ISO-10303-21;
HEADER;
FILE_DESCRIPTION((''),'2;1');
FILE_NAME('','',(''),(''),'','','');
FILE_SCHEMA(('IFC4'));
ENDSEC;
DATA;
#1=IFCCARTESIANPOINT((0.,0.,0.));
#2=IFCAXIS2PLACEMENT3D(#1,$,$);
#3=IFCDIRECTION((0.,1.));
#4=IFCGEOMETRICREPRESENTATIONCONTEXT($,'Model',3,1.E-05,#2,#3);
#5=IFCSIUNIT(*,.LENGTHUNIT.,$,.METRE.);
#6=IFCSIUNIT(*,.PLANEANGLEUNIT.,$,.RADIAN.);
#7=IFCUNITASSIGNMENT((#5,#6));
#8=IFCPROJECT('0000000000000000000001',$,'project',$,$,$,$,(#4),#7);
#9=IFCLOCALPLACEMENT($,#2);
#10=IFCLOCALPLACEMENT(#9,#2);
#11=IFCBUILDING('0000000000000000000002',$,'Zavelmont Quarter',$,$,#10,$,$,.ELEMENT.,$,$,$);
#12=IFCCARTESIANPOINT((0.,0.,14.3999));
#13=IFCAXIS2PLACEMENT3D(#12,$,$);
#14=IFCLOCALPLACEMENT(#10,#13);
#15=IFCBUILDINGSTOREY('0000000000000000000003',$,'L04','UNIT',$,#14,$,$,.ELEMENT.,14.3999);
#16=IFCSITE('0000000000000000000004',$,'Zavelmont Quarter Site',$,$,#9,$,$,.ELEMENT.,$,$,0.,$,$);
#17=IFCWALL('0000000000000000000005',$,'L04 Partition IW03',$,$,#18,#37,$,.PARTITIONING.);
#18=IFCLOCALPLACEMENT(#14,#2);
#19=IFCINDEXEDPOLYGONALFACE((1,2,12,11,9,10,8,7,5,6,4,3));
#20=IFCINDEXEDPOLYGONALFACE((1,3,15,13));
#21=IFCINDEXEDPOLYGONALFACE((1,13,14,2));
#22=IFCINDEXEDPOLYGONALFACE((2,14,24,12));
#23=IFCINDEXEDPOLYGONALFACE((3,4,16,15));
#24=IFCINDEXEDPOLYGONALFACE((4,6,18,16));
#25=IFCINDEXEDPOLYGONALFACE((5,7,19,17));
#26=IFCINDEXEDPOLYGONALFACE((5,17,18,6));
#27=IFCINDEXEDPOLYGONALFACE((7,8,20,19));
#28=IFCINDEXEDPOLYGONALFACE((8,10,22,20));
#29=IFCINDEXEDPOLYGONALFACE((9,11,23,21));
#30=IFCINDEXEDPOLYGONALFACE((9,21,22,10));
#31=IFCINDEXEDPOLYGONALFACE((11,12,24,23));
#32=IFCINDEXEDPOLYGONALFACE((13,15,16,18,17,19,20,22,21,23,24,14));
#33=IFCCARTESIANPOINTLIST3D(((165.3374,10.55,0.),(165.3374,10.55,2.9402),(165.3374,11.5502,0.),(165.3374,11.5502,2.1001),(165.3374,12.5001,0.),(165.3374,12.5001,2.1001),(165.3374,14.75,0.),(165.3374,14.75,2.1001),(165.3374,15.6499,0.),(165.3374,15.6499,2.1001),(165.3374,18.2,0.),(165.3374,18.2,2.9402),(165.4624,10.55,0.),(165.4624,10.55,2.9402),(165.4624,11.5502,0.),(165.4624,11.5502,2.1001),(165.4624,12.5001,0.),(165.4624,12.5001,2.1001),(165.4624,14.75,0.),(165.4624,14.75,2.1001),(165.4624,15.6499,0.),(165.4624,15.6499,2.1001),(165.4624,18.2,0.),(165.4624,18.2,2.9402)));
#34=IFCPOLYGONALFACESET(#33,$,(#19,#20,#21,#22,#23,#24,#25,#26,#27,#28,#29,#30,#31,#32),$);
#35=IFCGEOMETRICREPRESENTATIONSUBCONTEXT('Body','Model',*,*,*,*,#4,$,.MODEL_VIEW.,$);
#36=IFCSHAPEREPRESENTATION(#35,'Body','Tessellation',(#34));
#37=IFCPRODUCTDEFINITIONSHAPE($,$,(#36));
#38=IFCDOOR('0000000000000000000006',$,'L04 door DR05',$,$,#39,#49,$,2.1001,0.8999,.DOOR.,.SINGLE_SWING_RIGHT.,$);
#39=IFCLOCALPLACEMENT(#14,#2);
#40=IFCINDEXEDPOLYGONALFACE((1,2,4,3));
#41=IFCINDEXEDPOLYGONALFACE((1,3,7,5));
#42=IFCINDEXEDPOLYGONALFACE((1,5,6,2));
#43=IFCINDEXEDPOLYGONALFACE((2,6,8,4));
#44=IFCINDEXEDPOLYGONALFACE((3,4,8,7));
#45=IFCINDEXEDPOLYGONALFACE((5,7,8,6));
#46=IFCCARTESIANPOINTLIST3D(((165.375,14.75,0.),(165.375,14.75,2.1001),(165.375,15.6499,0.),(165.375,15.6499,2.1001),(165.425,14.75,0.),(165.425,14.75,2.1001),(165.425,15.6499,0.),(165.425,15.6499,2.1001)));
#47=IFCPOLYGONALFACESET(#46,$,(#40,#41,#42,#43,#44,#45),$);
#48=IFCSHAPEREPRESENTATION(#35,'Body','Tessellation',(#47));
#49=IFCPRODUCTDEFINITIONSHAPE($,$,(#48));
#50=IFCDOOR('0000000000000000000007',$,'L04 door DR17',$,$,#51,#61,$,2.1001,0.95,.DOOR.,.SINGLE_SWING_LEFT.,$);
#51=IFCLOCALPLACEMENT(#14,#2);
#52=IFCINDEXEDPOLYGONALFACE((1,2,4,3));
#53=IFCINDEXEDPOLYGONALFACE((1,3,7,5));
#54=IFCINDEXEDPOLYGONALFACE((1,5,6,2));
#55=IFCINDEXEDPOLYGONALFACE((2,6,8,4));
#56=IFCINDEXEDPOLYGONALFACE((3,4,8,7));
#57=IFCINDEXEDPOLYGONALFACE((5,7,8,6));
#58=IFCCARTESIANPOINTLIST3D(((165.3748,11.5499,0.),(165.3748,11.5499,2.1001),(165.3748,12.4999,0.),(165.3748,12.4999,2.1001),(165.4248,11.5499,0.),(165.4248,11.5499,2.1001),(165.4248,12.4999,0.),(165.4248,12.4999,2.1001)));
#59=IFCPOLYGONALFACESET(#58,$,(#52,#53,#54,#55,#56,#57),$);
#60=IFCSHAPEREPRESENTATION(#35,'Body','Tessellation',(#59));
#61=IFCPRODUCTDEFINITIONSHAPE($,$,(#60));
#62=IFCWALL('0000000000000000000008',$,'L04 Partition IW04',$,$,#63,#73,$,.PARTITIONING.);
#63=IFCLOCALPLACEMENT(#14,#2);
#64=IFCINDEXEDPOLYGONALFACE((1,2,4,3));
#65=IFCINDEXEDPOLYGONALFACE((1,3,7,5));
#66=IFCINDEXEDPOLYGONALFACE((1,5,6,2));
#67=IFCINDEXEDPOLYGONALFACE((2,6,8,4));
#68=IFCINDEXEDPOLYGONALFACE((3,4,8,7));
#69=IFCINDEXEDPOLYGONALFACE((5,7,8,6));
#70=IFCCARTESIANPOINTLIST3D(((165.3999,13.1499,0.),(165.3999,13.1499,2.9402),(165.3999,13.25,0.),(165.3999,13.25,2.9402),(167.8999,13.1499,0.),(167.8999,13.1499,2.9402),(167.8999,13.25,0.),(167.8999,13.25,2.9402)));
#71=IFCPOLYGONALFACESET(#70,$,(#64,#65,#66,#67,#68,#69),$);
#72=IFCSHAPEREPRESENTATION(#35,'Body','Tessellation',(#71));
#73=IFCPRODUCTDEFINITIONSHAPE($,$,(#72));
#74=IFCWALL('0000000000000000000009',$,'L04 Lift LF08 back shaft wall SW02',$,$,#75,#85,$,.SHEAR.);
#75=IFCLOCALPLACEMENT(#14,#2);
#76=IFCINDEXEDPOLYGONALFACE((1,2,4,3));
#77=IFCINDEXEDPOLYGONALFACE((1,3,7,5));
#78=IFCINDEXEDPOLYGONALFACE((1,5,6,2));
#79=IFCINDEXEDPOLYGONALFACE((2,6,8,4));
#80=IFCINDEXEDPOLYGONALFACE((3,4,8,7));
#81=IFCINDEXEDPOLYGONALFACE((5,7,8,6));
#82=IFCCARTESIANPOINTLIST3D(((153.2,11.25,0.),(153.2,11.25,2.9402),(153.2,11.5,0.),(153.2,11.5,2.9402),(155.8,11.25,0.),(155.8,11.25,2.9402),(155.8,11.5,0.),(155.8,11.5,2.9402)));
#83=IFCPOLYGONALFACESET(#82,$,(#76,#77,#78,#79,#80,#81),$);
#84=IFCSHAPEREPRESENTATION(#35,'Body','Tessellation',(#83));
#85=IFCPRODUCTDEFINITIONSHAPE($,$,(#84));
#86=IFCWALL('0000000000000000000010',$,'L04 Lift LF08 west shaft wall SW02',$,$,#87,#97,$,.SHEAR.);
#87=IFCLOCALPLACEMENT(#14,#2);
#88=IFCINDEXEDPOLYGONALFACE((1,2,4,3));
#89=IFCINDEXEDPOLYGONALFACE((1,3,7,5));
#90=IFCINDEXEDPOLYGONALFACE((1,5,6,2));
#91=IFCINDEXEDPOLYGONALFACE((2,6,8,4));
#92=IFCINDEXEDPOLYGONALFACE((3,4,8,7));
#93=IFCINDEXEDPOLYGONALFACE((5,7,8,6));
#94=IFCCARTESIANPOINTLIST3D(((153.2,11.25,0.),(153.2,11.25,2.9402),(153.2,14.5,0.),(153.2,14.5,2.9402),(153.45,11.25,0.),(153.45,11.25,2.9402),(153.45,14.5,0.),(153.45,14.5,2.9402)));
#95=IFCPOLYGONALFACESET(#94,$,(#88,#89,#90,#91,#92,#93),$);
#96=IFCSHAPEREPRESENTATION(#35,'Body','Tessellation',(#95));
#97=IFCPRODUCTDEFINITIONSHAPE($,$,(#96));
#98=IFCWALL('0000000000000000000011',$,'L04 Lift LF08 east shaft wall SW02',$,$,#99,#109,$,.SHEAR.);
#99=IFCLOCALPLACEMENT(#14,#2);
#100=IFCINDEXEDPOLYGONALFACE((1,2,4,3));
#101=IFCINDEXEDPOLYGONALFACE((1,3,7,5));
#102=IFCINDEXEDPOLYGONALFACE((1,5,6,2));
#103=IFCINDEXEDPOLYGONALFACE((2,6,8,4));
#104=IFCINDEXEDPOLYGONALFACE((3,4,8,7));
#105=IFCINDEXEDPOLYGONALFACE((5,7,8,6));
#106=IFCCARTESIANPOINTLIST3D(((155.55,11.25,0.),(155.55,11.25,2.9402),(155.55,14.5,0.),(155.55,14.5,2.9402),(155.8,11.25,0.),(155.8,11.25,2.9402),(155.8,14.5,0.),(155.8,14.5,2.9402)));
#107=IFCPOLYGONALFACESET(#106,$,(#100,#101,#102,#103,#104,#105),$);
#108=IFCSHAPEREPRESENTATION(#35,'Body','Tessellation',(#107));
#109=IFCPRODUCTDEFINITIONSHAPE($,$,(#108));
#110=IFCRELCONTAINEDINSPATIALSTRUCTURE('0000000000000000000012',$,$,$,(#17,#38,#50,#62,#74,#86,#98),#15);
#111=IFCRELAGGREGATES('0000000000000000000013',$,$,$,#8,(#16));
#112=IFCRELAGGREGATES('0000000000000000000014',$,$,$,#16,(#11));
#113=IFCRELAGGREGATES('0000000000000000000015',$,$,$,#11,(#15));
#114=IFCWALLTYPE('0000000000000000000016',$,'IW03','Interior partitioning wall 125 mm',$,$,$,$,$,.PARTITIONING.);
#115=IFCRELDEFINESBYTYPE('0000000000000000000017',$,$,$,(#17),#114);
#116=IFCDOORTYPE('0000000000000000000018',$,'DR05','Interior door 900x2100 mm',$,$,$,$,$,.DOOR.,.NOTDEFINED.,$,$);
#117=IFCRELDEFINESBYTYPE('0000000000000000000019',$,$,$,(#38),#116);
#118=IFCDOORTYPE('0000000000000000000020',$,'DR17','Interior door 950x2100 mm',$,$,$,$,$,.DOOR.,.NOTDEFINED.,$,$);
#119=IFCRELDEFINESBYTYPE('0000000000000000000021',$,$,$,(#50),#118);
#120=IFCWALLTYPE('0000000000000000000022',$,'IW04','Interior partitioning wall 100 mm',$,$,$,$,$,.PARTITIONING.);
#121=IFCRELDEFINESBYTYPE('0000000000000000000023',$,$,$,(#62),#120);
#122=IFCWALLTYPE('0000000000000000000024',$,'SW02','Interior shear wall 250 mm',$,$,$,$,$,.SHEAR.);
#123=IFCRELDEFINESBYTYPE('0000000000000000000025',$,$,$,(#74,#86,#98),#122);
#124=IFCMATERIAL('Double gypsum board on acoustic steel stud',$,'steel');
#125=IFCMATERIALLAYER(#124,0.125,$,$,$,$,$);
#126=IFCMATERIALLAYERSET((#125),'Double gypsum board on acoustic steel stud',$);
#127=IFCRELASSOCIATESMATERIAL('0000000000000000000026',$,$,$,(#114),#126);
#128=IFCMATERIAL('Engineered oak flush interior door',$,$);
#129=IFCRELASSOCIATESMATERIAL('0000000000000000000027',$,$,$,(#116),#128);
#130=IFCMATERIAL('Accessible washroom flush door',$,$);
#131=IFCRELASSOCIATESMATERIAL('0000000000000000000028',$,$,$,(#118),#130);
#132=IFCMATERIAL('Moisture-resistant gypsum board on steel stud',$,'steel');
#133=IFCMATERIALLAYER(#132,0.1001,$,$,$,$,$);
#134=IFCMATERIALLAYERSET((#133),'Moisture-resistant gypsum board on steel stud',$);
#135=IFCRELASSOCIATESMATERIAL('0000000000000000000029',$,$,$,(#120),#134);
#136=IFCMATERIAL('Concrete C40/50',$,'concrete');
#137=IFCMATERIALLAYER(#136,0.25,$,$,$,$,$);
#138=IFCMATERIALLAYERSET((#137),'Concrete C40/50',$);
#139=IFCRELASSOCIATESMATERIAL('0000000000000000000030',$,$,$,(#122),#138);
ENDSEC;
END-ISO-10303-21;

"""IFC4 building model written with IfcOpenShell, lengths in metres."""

from ifc_helpers import new_model, si_unit, direction, frame, frame_2d, origin, origin_with_axes, place, context, subcontext, project, spatial, rectangle, extrude, material, layer, layer_set, type_object, element, fill, save


model = new_model("IFC4")

# Units and contexts
model_context = context("Model", 3, precision=1e-05, world=origin(), true_north=direction((0.0, 1.0)))
body_context = subcontext(model_context, "Body", "Model", "MODEL_VIEW")
ifc_project = project(units=[si_unit("LENGTHUNIT", "METRE"), si_unit("PLANEANGLEUNIT", "RADIAN")], contexts=[model_context])

# Site, building, storey
site_placement = place(None, origin())
site = spatial("IfcSite", under=ifc_project, at=site_placement, Name="Zavelmont Quarter Site", CompositionType="ELEMENT", RefElevation=0.0)
building_placement = place(site_placement, origin())
building = spatial("IfcBuilding", under=site, at=building_placement, Name="Zavelmont Quarter", CompositionType="ELEMENT")
storey_placement = place(building_placement, frame((0.0, 0.0, 14.3999)))
storey = spatial("IfcBuildingStorey", under=building, at=storey_placement, Name="L04", Description="UNIT", CompositionType="ELEMENT", Elevation=14.3999)

# Shared definitions
ifc_material_1 = material(Name="Concrete C40/50", Category="concrete")

# Wall, openings, doors
ifc_material_2 = material(Name="Double gypsum board on acoustic steel stud", Category="steel")
ifc_layer_1 = layer(ifc_material_2, 0.125)
ifc_layer_set_1 = layer_set([ifc_layer_1], Name="Double gypsum board on acoustic steel stud")
wall_type_1 = type_object("IfcWallType", Name="IW03", Description="Interior partitioning wall 125 mm", PredefinedType="PARTITIONING", material=ifc_layer_set_1)
wall_1_placement = place(storey_placement, frame((165.3999, 10.55, 0.0), z_axis=(0.0, 0.0, 1.0), x_axis=(0.0, 1.0, 0.0)))
wall_1 = element("IfcWall", 1, at=wall_1_placement, inside=storey, type_object=wall_type_1, Name="L04 Partition IW03", PredefinedType="PARTITIONING", context=body_context, shape_type="SweptSolid", body=[
    extrude(rectangle(XDim=7.6499, YDim=0.125, at=frame_2d((3.825, 0.0))), origin(), (0.0, 0.0, 1.0), 2.9402),
])
opening_1_placement = place(wall_1_placement, frame((1.0, 0.0, 0.0)))
opening_1 = element("IfcOpeningElement", 2, at=opening_1_placement, cuts=wall_1, PredefinedType="OPENING", context=body_context, shape_type="SweptSolid", body=[
    extrude(rectangle(XDim=0.95, YDim=2.1001, at=frame_2d((0.4751, 1.05))), frame((0.0, 0.0745, 0.0), z_axis=(0.0, -1.0, 0.0), x_axis=(1.0, 0.0, 0.0)), (0.0, 0.0, 1.0), 0.1489),
])
opening_2_placement = place(wall_1_placement, frame((4.2, 0.0, 0.0)))
opening_2 = element("IfcOpeningElement", 3, at=opening_2_placement, cuts=wall_1, PredefinedType="OPENING", context=body_context, shape_type="SweptSolid", body=[
    extrude(rectangle(XDim=0.8999, YDim=2.1001, at=frame_2d((0.45, 1.05))), frame((0.0, 0.0745, 0.0), z_axis=(0.0, -1.0, 0.0), x_axis=(1.0, 0.0, 0.0)), (0.0, 0.0, 1.0), 0.1489),
])
ifc_material_3 = material(Name="Engineered oak flush interior door")
door_type_1 = type_object("IfcDoorType", Name="DR05", Description="Interior door 900x2100 mm", OperationType="NOTDEFINED", PredefinedType="DOOR", material=ifc_material_3)
door_1_placement = place(opening_2_placement, origin_with_axes())
door_1 = element("IfcDoor", 4, at=door_1_placement, inside=storey, type_object=door_type_1, Name="L04 door DR05", OperationType="SINGLE_SWING_RIGHT", OverallHeight=2.1001, OverallWidth=0.8999, PredefinedType="DOOR", context=body_context, shape_type="SweptSolid", body=[
    extrude(rectangle(XDim=0.8999, YDim=2.1001, at=frame_2d((0.45, 1.05))), frame((0.0, 0.0249, 0.0), z_axis=(0.0, -1.0, 0.0), x_axis=(1.0, 0.0, 0.0)), (0.0, 0.0, 1.0), 0.05),
])
fill(opening_2, door_1)
ifc_material_4 = material(Name="Accessible washroom flush door")
door_type_2 = type_object("IfcDoorType", Name="DR17", Description="Interior door 950x2100 mm", OperationType="NOTDEFINED", PredefinedType="DOOR", material=ifc_material_4)
door_2_placement = place(opening_1_placement, frame((0.95, 0.0, 0.0), z_axis=(0.0, 0.0, 1.0), x_axis=(-1.0, 0.0, 0.0)))
door_2 = element("IfcDoor", 5, at=door_2_placement, inside=storey, type_object=door_type_2, Name="L04 door DR17", OperationType="SINGLE_SWING_LEFT", OverallHeight=2.1001, OverallWidth=0.95, PredefinedType="DOOR", context=body_context, shape_type="SweptSolid", body=[
    extrude(rectangle(XDim=0.95, YDim=2.1001, at=frame_2d((0.4751, 1.05))), frame((0.0, 0.0249, 0.0), z_axis=(0.0, -1.0, 0.0), x_axis=(1.0, 0.0, 0.0)), (0.0, 0.0, 1.0), 0.05),
])
fill(opening_1, door_2)

# Walls
ifc_material_5 = material(Name="Moisture-resistant gypsum board on steel stud", Category="steel")
ifc_layer_2 = layer(ifc_material_5, 0.1001)
ifc_layer_set_2 = layer_set([ifc_layer_2], Name="Moisture-resistant gypsum board on steel stud")
wall_type_2 = type_object("IfcWallType", Name="IW04", Description="Interior partitioning wall 100 mm", PredefinedType="PARTITIONING", material=ifc_layer_set_2)
wall_2_placement = place(storey_placement, frame((165.3999, 13.2, 0.0), z_axis=(0.0, 0.0, 1.0), x_axis=(1.0, 0.0, 0.0)))
element("IfcWall", 6, at=wall_2_placement, inside=storey, type_object=wall_type_2, Name="L04 Partition IW04", PredefinedType="PARTITIONING", context=body_context, shape_type="SweptSolid", body=[
    extrude(rectangle(XDim=2.5, YDim=0.1001, at=frame_2d((1.25, 0.0))), origin(), (0.0, 0.0, 1.0), 2.9402),
])
ifc_layer_3 = layer(ifc_material_1, 0.25)
ifc_layer_set_3 = layer_set([ifc_layer_3], Name="Concrete C40/50")
wall_type_3 = type_object("IfcWallType", Name="SW02", Description="Interior shear wall 250 mm", PredefinedType="SHEAR", material=ifc_layer_set_3)
wall_3_placement = place(storey_placement, frame((153.2, 11.375, 0.0), z_axis=(0.0, 0.0, 1.0), x_axis=(1.0, 0.0, 0.0)))
element("IfcWall", 7, at=wall_3_placement, inside=storey, type_object=wall_type_3, Name="L04 Lift LF08 back shaft wall SW02", PredefinedType="SHEAR", context=body_context, shape_type="SweptSolid", body=[
    extrude(rectangle(XDim=2.6001, YDim=0.25, at=frame_2d((1.3, 0.0))), origin(), (0.0, 0.0, 1.0), 2.9402),
])
for number, where, z_axis, x_axis, name in (
    (8, (153.325, 11.25, 0.0), (0.0, 0.0, 1.0), (0.0, 1.0, 0.0), "L04 Lift LF08 west shaft wall SW02"),
    (9, (155.675, 11.25, 0.0), (0.0, 0.0, 1.0), (0.0, 1.0, 0.0), "L04 Lift LF08 east shaft wall SW02"),
):
    element("IfcWall", number, at=place(storey_placement, frame(where, z_axis=z_axis, x_axis=x_axis)), inside=storey, type_object=wall_type_3, Name=name, PredefinedType="SHEAR", context=body_context, shape_type="SweptSolid", body=[
        extrude(rectangle(XDim=3.25, YDim=0.25, at=frame_2d((1.625, 0.0))), origin(), (0.0, 0.0, 1.0), 2.9402),
    ])

save(model, "model.ifc")
